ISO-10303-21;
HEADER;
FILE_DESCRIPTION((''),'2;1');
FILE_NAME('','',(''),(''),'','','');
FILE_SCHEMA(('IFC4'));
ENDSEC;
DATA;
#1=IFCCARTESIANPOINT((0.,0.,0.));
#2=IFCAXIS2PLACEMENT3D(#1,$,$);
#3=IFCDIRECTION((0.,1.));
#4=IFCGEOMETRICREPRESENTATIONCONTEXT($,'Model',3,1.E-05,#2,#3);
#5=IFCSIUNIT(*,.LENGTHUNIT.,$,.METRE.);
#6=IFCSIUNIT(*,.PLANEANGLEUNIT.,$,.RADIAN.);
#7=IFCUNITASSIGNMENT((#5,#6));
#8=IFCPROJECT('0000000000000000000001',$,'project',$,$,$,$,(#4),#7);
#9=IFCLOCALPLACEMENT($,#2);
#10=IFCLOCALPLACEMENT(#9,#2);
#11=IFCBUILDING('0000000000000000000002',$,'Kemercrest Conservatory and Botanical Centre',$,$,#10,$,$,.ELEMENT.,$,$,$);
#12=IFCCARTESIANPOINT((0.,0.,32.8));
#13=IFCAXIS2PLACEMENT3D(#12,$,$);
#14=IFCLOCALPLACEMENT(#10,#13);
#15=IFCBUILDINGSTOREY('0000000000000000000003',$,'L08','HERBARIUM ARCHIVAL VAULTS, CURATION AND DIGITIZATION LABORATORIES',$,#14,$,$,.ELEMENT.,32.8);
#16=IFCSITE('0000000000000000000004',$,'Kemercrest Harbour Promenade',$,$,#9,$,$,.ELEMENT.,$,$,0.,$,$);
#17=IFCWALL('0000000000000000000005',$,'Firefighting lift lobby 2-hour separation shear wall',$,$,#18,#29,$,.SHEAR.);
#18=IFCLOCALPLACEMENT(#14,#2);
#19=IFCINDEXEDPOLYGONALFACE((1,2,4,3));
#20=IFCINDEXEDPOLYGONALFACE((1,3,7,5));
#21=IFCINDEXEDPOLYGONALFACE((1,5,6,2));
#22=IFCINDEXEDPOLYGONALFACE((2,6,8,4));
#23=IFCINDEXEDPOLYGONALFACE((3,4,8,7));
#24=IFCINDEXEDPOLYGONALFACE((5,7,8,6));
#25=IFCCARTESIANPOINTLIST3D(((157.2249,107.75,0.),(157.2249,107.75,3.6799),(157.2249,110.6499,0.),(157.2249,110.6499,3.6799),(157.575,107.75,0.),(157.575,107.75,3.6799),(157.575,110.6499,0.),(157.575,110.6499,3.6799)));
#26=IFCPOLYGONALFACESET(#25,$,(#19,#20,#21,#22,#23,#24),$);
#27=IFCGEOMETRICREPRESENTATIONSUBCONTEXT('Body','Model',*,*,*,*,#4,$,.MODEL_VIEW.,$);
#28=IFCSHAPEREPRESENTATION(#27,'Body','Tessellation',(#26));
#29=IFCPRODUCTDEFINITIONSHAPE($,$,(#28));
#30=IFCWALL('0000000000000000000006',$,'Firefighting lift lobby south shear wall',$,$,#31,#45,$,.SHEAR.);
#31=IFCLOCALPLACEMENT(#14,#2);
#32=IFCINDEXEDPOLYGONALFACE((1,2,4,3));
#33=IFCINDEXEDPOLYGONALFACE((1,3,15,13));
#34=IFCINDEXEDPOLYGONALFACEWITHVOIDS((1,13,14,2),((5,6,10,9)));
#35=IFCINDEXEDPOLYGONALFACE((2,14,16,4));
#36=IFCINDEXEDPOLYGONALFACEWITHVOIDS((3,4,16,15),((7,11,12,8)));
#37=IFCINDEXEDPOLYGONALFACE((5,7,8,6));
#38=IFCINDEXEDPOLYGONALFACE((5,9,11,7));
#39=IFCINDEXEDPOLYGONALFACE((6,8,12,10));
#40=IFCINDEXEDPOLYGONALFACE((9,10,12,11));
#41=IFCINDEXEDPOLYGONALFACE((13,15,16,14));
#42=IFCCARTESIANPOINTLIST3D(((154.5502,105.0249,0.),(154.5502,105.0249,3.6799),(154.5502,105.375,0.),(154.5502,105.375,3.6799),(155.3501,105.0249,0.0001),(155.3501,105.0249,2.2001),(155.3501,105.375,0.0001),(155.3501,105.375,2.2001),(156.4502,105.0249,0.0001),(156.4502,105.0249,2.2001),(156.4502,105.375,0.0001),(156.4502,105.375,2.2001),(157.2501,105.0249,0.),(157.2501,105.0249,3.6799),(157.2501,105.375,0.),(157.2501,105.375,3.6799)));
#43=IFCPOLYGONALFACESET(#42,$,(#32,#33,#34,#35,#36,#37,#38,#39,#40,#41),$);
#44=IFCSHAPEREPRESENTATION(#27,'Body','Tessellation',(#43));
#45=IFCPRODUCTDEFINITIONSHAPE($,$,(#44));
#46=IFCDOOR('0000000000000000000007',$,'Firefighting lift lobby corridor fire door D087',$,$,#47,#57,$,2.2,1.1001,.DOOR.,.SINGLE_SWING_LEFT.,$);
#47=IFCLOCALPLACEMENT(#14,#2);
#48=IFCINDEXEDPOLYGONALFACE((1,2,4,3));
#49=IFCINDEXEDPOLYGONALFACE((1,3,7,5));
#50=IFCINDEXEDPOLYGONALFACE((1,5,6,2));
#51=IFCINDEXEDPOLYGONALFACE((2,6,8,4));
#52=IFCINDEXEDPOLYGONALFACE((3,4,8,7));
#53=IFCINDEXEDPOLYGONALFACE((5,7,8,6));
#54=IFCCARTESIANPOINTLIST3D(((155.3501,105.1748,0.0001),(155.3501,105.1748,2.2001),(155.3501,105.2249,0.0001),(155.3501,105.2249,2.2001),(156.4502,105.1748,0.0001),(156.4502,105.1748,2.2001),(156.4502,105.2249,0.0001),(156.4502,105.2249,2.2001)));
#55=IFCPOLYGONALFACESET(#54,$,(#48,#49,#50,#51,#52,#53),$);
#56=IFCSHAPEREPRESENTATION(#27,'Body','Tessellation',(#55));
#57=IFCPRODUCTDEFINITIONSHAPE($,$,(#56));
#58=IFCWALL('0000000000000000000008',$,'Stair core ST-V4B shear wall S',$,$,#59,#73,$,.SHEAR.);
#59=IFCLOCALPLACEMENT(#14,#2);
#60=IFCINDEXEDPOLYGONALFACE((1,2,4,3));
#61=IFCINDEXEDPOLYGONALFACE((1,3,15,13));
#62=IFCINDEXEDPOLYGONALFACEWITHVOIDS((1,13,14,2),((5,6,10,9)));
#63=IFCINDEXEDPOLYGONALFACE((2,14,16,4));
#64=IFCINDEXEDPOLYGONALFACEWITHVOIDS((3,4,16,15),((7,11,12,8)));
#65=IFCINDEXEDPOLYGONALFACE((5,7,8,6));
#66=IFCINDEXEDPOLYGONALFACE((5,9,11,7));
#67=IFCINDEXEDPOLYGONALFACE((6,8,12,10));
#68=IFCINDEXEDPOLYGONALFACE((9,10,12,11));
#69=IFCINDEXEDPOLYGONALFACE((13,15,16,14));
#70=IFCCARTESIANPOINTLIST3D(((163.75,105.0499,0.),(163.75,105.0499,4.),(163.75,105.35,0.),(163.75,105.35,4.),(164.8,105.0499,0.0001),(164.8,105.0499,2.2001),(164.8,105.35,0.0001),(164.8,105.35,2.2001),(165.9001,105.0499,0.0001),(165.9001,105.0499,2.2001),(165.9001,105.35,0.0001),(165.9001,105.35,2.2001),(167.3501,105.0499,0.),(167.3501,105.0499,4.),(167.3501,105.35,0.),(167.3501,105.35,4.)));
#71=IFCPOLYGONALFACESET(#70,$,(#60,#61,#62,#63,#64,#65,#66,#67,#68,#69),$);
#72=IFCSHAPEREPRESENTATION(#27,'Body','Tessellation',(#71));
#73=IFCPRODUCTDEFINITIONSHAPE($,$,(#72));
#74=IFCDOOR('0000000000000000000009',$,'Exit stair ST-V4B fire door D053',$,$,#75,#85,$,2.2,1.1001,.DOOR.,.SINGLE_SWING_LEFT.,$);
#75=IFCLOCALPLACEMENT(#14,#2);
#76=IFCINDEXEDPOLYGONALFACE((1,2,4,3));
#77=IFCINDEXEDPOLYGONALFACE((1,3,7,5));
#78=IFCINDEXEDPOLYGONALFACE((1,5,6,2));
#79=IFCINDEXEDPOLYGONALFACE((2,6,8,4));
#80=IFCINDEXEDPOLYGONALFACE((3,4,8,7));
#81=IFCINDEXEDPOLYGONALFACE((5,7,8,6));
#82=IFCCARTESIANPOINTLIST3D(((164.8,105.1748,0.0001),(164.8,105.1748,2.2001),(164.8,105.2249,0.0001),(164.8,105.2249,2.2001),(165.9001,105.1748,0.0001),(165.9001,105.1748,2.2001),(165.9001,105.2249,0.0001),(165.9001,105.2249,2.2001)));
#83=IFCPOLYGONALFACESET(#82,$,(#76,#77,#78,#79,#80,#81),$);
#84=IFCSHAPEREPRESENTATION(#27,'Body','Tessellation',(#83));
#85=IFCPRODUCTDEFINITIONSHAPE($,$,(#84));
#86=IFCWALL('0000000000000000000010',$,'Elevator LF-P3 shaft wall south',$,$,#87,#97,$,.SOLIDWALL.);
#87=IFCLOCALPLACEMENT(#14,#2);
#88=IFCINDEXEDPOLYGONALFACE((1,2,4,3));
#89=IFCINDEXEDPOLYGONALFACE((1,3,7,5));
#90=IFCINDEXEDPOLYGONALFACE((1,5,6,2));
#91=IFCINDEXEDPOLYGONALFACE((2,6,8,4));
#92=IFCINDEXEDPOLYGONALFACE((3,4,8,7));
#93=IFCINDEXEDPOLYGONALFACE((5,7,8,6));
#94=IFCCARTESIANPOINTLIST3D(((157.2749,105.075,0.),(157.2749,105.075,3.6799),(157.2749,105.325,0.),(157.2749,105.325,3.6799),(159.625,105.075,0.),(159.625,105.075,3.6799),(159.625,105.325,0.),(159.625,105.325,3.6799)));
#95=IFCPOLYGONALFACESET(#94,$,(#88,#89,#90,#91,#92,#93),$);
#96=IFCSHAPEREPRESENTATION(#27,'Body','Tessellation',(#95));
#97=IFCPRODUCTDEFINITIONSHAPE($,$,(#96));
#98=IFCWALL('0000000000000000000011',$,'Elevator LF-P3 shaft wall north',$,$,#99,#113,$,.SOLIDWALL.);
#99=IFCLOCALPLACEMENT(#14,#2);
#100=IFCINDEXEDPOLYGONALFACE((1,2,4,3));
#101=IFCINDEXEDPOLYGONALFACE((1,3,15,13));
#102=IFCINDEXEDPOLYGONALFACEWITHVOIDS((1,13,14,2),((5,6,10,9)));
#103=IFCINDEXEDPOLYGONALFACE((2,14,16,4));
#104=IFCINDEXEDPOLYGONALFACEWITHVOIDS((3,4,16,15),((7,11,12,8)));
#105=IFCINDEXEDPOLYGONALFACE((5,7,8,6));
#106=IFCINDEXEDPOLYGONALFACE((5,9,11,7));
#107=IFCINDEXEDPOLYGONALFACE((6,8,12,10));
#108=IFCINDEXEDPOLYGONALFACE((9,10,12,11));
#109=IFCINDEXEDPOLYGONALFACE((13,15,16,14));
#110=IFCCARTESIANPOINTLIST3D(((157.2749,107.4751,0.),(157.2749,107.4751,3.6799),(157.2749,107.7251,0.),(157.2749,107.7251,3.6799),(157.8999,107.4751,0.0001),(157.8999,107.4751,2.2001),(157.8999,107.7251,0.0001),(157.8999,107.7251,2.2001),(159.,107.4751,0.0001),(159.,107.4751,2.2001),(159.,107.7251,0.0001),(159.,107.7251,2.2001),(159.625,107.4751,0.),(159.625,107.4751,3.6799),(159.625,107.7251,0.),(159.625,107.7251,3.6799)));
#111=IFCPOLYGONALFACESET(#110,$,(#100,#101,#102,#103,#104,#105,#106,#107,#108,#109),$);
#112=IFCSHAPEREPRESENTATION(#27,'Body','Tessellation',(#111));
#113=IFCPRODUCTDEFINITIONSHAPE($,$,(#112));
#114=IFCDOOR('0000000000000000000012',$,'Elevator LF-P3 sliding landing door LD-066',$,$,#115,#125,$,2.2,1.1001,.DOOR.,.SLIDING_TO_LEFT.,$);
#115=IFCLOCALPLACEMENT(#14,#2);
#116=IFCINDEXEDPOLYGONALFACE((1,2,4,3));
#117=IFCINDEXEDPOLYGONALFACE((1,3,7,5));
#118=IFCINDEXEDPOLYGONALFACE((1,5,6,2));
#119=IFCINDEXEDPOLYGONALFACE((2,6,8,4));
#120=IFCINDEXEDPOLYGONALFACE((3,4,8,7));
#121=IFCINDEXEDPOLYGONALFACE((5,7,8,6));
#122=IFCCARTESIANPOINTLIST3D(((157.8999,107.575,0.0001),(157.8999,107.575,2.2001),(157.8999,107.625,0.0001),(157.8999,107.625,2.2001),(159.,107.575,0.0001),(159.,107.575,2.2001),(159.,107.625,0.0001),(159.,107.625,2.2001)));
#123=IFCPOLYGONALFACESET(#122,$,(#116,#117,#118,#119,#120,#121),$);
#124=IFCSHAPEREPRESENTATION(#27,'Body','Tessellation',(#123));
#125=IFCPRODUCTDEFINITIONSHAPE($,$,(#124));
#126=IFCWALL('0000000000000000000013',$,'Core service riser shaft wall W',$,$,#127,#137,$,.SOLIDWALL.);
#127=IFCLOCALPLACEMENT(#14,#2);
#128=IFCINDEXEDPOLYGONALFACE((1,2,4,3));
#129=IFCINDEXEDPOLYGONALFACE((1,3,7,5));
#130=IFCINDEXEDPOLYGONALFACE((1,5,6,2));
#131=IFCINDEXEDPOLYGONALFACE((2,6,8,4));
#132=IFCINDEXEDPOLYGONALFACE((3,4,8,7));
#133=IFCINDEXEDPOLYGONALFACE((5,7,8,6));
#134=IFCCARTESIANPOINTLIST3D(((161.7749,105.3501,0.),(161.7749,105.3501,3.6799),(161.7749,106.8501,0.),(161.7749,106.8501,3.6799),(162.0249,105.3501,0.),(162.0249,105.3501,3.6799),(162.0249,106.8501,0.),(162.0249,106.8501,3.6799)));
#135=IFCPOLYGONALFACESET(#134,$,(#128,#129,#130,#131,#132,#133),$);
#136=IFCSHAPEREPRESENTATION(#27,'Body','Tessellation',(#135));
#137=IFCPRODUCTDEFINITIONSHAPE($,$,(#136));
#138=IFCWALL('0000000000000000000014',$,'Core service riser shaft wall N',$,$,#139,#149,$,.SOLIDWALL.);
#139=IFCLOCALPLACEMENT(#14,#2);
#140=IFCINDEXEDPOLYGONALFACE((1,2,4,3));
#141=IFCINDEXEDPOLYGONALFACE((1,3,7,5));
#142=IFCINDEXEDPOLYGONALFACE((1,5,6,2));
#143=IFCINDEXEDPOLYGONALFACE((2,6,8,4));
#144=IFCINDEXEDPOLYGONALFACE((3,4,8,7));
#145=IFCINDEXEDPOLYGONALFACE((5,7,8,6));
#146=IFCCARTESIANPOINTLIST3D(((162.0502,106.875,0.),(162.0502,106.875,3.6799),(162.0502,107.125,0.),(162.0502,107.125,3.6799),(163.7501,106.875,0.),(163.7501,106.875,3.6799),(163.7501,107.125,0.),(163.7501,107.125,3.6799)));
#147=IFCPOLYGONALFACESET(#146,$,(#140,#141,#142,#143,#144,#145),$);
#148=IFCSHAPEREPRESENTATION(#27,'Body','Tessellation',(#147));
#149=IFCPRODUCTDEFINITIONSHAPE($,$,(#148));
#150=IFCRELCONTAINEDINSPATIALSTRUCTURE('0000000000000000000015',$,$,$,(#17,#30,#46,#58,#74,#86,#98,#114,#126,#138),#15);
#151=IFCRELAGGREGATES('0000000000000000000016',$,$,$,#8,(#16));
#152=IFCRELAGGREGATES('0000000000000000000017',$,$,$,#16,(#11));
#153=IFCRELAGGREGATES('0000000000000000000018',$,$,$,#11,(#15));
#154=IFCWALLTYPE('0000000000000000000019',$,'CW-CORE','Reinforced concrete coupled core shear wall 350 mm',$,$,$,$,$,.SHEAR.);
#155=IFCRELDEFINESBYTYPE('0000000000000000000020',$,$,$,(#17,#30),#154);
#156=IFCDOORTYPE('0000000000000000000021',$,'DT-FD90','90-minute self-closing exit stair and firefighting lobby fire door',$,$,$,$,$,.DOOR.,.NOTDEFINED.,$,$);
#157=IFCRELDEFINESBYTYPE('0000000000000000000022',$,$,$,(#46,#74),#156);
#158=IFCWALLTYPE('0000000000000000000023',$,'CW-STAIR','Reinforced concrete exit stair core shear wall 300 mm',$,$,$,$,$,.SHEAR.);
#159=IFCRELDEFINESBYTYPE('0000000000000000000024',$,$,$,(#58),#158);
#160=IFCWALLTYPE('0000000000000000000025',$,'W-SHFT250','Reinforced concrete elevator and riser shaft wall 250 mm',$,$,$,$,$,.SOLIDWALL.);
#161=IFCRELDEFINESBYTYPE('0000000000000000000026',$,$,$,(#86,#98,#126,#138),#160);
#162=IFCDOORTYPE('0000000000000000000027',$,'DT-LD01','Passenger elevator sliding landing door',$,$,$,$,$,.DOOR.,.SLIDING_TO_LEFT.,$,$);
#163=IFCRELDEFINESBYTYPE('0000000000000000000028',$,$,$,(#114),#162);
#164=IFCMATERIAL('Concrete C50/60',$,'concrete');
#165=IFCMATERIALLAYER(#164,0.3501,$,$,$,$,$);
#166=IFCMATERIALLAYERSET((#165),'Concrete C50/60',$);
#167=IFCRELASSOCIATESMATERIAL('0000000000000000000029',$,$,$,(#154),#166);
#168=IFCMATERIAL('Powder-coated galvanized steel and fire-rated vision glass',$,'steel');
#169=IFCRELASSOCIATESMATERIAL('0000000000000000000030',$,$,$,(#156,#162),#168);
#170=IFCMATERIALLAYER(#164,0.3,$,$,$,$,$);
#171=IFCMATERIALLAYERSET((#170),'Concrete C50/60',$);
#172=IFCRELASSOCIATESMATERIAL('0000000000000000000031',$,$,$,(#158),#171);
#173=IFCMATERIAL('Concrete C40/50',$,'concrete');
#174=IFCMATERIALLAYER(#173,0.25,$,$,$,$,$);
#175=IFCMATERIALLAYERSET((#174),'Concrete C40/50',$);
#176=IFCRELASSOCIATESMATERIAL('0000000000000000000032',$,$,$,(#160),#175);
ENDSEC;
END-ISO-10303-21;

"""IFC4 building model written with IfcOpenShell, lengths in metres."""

from ifc_helpers import new_model, si_unit, direction, frame, frame_2d, origin, place, context, subcontext, project, spatial, rectangle, extrude, material, layer, layer_set, type_object, element, fill, save


model = new_model("IFC4")

# Units and contexts
model_context = context("Model", 3, precision=1e-05, world=origin(), true_north=direction((0.0, 1.0)))
body_context = subcontext(model_context, "Body", "Model", "MODEL_VIEW")
ifc_project = project(units=[si_unit("LENGTHUNIT", "METRE"), si_unit("PLANEANGLEUNIT", "RADIAN")], contexts=[model_context])

# Site, building, storey
site_placement = place(None, origin())
site = spatial("IfcSite", under=ifc_project, at=site_placement, Name="Kemercrest Harbour Promenade", CompositionType="ELEMENT", RefElevation=0.0)
building_placement = place(site_placement, origin())
building = spatial("IfcBuilding", under=site, at=building_placement, Name="Kemercrest Conservatory and Botanical Centre", CompositionType="ELEMENT")
storey_placement = place(building_placement, frame((0.0, 0.0, 32.8)))
storey = spatial("IfcBuildingStorey", under=building, at=storey_placement, Name="L08", Description="HERBARIUM ARCHIVAL VAULTS, CURATION AND DIGITIZATION LABORATORIES", CompositionType="ELEMENT", Elevation=32.8)

# Wall
ifc_material_1 = material(Name="Concrete C50/60", Category="concrete")
ifc_layer_1 = layer(ifc_material_1, 0.3501)
ifc_layer_set_1 = layer_set([ifc_layer_1], Name="Concrete C50/60")
wall_type_1 = type_object("IfcWallType", Name="CW-CORE", Description="Reinforced concrete coupled core shear wall 350 mm", PredefinedType="SHEAR", material=ifc_layer_set_1)
wall_1_placement = place(storey_placement, frame((157.3999, 107.75, 0.0), z_axis=(0.0, 0.0, 1.0), x_axis=(0.0, 1.0, 0.0)))
element("IfcWall", 1, at=wall_1_placement, inside=storey, type_object=wall_type_1, Name="Firefighting lift lobby 2-hour separation shear wall", PredefinedType="SHEAR", context=body_context, shape_type="SweptSolid", body=[
    extrude(rectangle(XDim=2.8999, YDim=0.3501, at=frame_2d((1.45, 0.0))), origin(), (0.0, 0.0, 1.0), 3.6799),
])

# Walls, openings, doors
wall_2_placement = place(storey_placement, frame((154.55, 105.2, 0.0), z_axis=(0.0, 0.0, 1.0), x_axis=(1.0, 0.0, 0.0)))
wall_2 = element("IfcWall", 2, at=wall_2_placement, inside=storey, type_object=wall_type_1, Name="Firefighting lift lobby south shear wall", PredefinedType="SHEAR", context=body_context, shape_type="SweptSolid", body=[
    extrude(rectangle(XDim=2.7, YDim=0.3501, at=frame_2d((1.3501, 0.0))), origin(), (0.0, 0.0, 1.0), 3.6799),
])
opening_1_placement = place(wall_2_placement, frame((0.8, 0.0, 0.0)))
opening_1 = element("IfcOpeningElement", 3, at=opening_1_placement, cuts=wall_2, PredefinedType="OPENING", context=body_context, shape_type="SweptSolid", body=[
    extrude(rectangle(XDim=1.1001, YDim=2.2, at=frame_2d((0.55, 1.1001))), frame((0.0, 0.1851, 0.0), z_axis=(0.0, -1.0, 0.0), x_axis=(1.0, 0.0, 0.0)), (0.0, 0.0, 1.0), 0.3701),
])
ifc_material_2 = material(Name="Powder-coated galvanized steel and fire-rated vision glass", Category="steel")
door_type_1 = type_object("IfcDoorType", Name="DT-FD90", Description="90-minute self-closing exit stair and firefighting lobby fire door", OperationType="NOTDEFINED", PredefinedType="DOOR", material=ifc_material_2)
door_1_placement = place(opening_1_placement, origin())
door_1 = element("IfcDoor", 4, at=door_1_placement, inside=storey, type_object=door_type_1, Name="Firefighting lift lobby corridor fire door D087", OperationType="SINGLE_SWING_LEFT", OverallHeight=2.2, OverallWidth=1.1001, PredefinedType="DOOR", context=body_context, shape_type="SweptSolid", body=[
    extrude(rectangle(XDim=1.1001, YDim=2.2, at=frame_2d((0.55, 1.1001))), frame((0.0, 0.0249, 0.0), z_axis=(0.0, -1.0, 0.0), x_axis=(1.0, 0.0, 0.0)), (0.0, 0.0, 1.0), 0.05),
])
fill(opening_1, door_1)
ifc_layer_2 = layer(ifc_material_1, 0.3)
ifc_layer_set_2 = layer_set([ifc_layer_2], Name="Concrete C50/60")
wall_type_2 = type_object("IfcWallType", Name="CW-STAIR", Description="Reinforced concrete exit stair core shear wall 300 mm", PredefinedType="SHEAR", material=ifc_layer_set_2)
wall_3_placement = place(storey_placement, frame((163.75, 105.2, 0.0), z_axis=(0.0, 0.0, 1.0), x_axis=(1.0, 0.0, 0.0)))
wall_3 = element("IfcWall", 5, at=wall_3_placement, inside=storey, type_object=wall_type_2, Name="Stair core ST-V4B shear wall S", PredefinedType="SHEAR", context=body_context, shape_type="SweptSolid", body=[
    extrude(rectangle(XDim=3.6001, YDim=0.3, at=frame_2d((1.8, 0.0))), origin(), (0.0, 0.0, 1.0), 4.0),
])
opening_2_placement = place(wall_3_placement, frame((1.05, 0.0, 0.0)))
opening_2 = element("IfcOpeningElement", 6, at=opening_2_placement, cuts=wall_3, PredefinedType="OPENING", context=body_context, shape_type="SweptSolid", body=[
    extrude(rectangle(XDim=1.1001, YDim=2.2, at=frame_2d((0.55, 1.1001))), frame((0.0, 0.1602, 0.0), z_axis=(0.0, -1.0, 0.0), x_axis=(1.0, 0.0, 0.0)), (0.0, 0.0, 1.0), 0.3201),
])
door_2_placement = place(opening_2_placement, origin())
door_2 = element("IfcDoor", 7, at=door_2_placement, inside=storey, type_object=door_type_1, Name="Exit stair ST-V4B fire door D053", OperationType="SINGLE_SWING_LEFT", OverallHeight=2.2, OverallWidth=1.1001, PredefinedType="DOOR", context=body_context, shape_type="SweptSolid", body=[
    extrude(rectangle(XDim=1.1001, YDim=2.2, at=frame_2d((0.55, 1.1001))), frame((0.0, 0.0249, 0.0), z_axis=(0.0, -1.0, 0.0), x_axis=(1.0, 0.0, 0.0)), (0.0, 0.0, 1.0), 0.05),
])
fill(opening_2, door_2)

# Wall
ifc_material_3 = material(Name="Concrete C40/50", Category="concrete")
ifc_layer_3 = layer(ifc_material_3, 0.25)
ifc_layer_set_3 = layer_set([ifc_layer_3], Name="Concrete C40/50")
wall_type_3 = type_object("IfcWallType", Name="W-SHFT250", Description="Reinforced concrete elevator and riser shaft wall 250 mm", PredefinedType="SOLIDWALL", material=ifc_layer_set_3)
wall_4_placement = place(storey_placement, frame((157.2749, 105.2, 0.0), z_axis=(0.0, 0.0, 1.0), x_axis=(1.0, 0.0, 0.0)))
element("IfcWall", 8, at=wall_4_placement, inside=storey, type_object=wall_type_3, Name="Elevator LF-P3 shaft wall south", PredefinedType="SOLIDWALL", context=body_context, shape_type="SweptSolid", body=[
    extrude(rectangle(XDim=2.3501, YDim=0.25, at=frame_2d((1.175, 0.0))), origin(), (0.0, 0.0, 1.0), 3.6799),
])

# Wall, opening, door
wall_5_placement = place(storey_placement, frame((157.2749, 107.6001, 0.0), z_axis=(0.0, 0.0, 1.0), x_axis=(1.0, 0.0, 0.0)))
wall_5 = element("IfcWall", 9, at=wall_5_placement, inside=storey, type_object=wall_type_3, Name="Elevator LF-P3 shaft wall north", PredefinedType="SOLIDWALL", context=body_context, shape_type="SweptSolid", body=[
    extrude(rectangle(XDim=2.3501, YDim=0.25, at=frame_2d((1.175, 0.0))), origin(), (0.0, 0.0, 1.0), 3.6799),
])
opening_3_placement = place(wall_5_placement, frame((0.625, 0.0, 0.0)))
opening_3 = element("IfcOpeningElement", 10, at=opening_3_placement, cuts=wall_5, PredefinedType="OPENING", context=body_context, shape_type="SweptSolid", body=[
    extrude(rectangle(XDim=1.1001, YDim=2.2, at=frame_2d((0.55, 1.1001))), frame((0.0, 0.135, 0.0), z_axis=(0.0, -1.0, 0.0), x_axis=(1.0, 0.0, 0.0)), (0.0, 0.0, 1.0), 0.27),
])
door_type_2 = type_object("IfcDoorType", Name="DT-LD01", Description="Passenger elevator sliding landing door", OperationType="SLIDING_TO_LEFT", PredefinedType="DOOR", material=ifc_material_2)
door_3_placement = place(opening_3_placement, origin())
door_3 = element("IfcDoor", 11, at=door_3_placement, inside=storey, type_object=door_type_2, Name="Elevator LF-P3 sliding landing door LD-066", OperationType="SLIDING_TO_LEFT", OverallHeight=2.2, OverallWidth=1.1001, PredefinedType="DOOR", context=body_context, shape_type="SweptSolid", body=[
    extrude(rectangle(XDim=1.1001, YDim=2.2, at=frame_2d((0.55, 1.1001))), frame((0.0, 0.0249, 0.0), z_axis=(0.0, -1.0, 0.0), x_axis=(1.0, 0.0, 0.0)), (0.0, 0.0, 1.0), 0.05),
])
fill(opening_3, door_3)

# Walls
wall_6_placement = place(storey_placement, frame((161.8999, 105.3501, 0.0), z_axis=(0.0, 0.0, 1.0), x_axis=(0.0, 1.0, 0.0)))
element("IfcWall", 12, at=wall_6_placement, inside=storey, type_object=wall_type_3, Name="Core service riser shaft wall W", PredefinedType="SOLIDWALL", context=body_context, shape_type="SweptSolid", body=[
    extrude(rectangle(XDim=1.5, YDim=0.25, at=frame_2d((0.75, 0.0))), origin(), (0.0, 0.0, 1.0), 3.6799),
])
wall_7_placement = place(storey_placement, frame((162.05, 107.0, 0.0), z_axis=(0.0, 0.0, 1.0), x_axis=(1.0, 0.0, 0.0)))
element("IfcWall", 13, at=wall_7_placement, inside=storey, type_object=wall_type_3, Name="Core service riser shaft wall N", PredefinedType="SOLIDWALL", context=body_context, shape_type="SweptSolid", body=[
    extrude(rectangle(XDim=1.7, YDim=0.25, at=frame_2d((0.8501, 0.0))), origin(), (0.0, 0.0, 1.0), 3.6799),
])

save(model, "model.ifc")
